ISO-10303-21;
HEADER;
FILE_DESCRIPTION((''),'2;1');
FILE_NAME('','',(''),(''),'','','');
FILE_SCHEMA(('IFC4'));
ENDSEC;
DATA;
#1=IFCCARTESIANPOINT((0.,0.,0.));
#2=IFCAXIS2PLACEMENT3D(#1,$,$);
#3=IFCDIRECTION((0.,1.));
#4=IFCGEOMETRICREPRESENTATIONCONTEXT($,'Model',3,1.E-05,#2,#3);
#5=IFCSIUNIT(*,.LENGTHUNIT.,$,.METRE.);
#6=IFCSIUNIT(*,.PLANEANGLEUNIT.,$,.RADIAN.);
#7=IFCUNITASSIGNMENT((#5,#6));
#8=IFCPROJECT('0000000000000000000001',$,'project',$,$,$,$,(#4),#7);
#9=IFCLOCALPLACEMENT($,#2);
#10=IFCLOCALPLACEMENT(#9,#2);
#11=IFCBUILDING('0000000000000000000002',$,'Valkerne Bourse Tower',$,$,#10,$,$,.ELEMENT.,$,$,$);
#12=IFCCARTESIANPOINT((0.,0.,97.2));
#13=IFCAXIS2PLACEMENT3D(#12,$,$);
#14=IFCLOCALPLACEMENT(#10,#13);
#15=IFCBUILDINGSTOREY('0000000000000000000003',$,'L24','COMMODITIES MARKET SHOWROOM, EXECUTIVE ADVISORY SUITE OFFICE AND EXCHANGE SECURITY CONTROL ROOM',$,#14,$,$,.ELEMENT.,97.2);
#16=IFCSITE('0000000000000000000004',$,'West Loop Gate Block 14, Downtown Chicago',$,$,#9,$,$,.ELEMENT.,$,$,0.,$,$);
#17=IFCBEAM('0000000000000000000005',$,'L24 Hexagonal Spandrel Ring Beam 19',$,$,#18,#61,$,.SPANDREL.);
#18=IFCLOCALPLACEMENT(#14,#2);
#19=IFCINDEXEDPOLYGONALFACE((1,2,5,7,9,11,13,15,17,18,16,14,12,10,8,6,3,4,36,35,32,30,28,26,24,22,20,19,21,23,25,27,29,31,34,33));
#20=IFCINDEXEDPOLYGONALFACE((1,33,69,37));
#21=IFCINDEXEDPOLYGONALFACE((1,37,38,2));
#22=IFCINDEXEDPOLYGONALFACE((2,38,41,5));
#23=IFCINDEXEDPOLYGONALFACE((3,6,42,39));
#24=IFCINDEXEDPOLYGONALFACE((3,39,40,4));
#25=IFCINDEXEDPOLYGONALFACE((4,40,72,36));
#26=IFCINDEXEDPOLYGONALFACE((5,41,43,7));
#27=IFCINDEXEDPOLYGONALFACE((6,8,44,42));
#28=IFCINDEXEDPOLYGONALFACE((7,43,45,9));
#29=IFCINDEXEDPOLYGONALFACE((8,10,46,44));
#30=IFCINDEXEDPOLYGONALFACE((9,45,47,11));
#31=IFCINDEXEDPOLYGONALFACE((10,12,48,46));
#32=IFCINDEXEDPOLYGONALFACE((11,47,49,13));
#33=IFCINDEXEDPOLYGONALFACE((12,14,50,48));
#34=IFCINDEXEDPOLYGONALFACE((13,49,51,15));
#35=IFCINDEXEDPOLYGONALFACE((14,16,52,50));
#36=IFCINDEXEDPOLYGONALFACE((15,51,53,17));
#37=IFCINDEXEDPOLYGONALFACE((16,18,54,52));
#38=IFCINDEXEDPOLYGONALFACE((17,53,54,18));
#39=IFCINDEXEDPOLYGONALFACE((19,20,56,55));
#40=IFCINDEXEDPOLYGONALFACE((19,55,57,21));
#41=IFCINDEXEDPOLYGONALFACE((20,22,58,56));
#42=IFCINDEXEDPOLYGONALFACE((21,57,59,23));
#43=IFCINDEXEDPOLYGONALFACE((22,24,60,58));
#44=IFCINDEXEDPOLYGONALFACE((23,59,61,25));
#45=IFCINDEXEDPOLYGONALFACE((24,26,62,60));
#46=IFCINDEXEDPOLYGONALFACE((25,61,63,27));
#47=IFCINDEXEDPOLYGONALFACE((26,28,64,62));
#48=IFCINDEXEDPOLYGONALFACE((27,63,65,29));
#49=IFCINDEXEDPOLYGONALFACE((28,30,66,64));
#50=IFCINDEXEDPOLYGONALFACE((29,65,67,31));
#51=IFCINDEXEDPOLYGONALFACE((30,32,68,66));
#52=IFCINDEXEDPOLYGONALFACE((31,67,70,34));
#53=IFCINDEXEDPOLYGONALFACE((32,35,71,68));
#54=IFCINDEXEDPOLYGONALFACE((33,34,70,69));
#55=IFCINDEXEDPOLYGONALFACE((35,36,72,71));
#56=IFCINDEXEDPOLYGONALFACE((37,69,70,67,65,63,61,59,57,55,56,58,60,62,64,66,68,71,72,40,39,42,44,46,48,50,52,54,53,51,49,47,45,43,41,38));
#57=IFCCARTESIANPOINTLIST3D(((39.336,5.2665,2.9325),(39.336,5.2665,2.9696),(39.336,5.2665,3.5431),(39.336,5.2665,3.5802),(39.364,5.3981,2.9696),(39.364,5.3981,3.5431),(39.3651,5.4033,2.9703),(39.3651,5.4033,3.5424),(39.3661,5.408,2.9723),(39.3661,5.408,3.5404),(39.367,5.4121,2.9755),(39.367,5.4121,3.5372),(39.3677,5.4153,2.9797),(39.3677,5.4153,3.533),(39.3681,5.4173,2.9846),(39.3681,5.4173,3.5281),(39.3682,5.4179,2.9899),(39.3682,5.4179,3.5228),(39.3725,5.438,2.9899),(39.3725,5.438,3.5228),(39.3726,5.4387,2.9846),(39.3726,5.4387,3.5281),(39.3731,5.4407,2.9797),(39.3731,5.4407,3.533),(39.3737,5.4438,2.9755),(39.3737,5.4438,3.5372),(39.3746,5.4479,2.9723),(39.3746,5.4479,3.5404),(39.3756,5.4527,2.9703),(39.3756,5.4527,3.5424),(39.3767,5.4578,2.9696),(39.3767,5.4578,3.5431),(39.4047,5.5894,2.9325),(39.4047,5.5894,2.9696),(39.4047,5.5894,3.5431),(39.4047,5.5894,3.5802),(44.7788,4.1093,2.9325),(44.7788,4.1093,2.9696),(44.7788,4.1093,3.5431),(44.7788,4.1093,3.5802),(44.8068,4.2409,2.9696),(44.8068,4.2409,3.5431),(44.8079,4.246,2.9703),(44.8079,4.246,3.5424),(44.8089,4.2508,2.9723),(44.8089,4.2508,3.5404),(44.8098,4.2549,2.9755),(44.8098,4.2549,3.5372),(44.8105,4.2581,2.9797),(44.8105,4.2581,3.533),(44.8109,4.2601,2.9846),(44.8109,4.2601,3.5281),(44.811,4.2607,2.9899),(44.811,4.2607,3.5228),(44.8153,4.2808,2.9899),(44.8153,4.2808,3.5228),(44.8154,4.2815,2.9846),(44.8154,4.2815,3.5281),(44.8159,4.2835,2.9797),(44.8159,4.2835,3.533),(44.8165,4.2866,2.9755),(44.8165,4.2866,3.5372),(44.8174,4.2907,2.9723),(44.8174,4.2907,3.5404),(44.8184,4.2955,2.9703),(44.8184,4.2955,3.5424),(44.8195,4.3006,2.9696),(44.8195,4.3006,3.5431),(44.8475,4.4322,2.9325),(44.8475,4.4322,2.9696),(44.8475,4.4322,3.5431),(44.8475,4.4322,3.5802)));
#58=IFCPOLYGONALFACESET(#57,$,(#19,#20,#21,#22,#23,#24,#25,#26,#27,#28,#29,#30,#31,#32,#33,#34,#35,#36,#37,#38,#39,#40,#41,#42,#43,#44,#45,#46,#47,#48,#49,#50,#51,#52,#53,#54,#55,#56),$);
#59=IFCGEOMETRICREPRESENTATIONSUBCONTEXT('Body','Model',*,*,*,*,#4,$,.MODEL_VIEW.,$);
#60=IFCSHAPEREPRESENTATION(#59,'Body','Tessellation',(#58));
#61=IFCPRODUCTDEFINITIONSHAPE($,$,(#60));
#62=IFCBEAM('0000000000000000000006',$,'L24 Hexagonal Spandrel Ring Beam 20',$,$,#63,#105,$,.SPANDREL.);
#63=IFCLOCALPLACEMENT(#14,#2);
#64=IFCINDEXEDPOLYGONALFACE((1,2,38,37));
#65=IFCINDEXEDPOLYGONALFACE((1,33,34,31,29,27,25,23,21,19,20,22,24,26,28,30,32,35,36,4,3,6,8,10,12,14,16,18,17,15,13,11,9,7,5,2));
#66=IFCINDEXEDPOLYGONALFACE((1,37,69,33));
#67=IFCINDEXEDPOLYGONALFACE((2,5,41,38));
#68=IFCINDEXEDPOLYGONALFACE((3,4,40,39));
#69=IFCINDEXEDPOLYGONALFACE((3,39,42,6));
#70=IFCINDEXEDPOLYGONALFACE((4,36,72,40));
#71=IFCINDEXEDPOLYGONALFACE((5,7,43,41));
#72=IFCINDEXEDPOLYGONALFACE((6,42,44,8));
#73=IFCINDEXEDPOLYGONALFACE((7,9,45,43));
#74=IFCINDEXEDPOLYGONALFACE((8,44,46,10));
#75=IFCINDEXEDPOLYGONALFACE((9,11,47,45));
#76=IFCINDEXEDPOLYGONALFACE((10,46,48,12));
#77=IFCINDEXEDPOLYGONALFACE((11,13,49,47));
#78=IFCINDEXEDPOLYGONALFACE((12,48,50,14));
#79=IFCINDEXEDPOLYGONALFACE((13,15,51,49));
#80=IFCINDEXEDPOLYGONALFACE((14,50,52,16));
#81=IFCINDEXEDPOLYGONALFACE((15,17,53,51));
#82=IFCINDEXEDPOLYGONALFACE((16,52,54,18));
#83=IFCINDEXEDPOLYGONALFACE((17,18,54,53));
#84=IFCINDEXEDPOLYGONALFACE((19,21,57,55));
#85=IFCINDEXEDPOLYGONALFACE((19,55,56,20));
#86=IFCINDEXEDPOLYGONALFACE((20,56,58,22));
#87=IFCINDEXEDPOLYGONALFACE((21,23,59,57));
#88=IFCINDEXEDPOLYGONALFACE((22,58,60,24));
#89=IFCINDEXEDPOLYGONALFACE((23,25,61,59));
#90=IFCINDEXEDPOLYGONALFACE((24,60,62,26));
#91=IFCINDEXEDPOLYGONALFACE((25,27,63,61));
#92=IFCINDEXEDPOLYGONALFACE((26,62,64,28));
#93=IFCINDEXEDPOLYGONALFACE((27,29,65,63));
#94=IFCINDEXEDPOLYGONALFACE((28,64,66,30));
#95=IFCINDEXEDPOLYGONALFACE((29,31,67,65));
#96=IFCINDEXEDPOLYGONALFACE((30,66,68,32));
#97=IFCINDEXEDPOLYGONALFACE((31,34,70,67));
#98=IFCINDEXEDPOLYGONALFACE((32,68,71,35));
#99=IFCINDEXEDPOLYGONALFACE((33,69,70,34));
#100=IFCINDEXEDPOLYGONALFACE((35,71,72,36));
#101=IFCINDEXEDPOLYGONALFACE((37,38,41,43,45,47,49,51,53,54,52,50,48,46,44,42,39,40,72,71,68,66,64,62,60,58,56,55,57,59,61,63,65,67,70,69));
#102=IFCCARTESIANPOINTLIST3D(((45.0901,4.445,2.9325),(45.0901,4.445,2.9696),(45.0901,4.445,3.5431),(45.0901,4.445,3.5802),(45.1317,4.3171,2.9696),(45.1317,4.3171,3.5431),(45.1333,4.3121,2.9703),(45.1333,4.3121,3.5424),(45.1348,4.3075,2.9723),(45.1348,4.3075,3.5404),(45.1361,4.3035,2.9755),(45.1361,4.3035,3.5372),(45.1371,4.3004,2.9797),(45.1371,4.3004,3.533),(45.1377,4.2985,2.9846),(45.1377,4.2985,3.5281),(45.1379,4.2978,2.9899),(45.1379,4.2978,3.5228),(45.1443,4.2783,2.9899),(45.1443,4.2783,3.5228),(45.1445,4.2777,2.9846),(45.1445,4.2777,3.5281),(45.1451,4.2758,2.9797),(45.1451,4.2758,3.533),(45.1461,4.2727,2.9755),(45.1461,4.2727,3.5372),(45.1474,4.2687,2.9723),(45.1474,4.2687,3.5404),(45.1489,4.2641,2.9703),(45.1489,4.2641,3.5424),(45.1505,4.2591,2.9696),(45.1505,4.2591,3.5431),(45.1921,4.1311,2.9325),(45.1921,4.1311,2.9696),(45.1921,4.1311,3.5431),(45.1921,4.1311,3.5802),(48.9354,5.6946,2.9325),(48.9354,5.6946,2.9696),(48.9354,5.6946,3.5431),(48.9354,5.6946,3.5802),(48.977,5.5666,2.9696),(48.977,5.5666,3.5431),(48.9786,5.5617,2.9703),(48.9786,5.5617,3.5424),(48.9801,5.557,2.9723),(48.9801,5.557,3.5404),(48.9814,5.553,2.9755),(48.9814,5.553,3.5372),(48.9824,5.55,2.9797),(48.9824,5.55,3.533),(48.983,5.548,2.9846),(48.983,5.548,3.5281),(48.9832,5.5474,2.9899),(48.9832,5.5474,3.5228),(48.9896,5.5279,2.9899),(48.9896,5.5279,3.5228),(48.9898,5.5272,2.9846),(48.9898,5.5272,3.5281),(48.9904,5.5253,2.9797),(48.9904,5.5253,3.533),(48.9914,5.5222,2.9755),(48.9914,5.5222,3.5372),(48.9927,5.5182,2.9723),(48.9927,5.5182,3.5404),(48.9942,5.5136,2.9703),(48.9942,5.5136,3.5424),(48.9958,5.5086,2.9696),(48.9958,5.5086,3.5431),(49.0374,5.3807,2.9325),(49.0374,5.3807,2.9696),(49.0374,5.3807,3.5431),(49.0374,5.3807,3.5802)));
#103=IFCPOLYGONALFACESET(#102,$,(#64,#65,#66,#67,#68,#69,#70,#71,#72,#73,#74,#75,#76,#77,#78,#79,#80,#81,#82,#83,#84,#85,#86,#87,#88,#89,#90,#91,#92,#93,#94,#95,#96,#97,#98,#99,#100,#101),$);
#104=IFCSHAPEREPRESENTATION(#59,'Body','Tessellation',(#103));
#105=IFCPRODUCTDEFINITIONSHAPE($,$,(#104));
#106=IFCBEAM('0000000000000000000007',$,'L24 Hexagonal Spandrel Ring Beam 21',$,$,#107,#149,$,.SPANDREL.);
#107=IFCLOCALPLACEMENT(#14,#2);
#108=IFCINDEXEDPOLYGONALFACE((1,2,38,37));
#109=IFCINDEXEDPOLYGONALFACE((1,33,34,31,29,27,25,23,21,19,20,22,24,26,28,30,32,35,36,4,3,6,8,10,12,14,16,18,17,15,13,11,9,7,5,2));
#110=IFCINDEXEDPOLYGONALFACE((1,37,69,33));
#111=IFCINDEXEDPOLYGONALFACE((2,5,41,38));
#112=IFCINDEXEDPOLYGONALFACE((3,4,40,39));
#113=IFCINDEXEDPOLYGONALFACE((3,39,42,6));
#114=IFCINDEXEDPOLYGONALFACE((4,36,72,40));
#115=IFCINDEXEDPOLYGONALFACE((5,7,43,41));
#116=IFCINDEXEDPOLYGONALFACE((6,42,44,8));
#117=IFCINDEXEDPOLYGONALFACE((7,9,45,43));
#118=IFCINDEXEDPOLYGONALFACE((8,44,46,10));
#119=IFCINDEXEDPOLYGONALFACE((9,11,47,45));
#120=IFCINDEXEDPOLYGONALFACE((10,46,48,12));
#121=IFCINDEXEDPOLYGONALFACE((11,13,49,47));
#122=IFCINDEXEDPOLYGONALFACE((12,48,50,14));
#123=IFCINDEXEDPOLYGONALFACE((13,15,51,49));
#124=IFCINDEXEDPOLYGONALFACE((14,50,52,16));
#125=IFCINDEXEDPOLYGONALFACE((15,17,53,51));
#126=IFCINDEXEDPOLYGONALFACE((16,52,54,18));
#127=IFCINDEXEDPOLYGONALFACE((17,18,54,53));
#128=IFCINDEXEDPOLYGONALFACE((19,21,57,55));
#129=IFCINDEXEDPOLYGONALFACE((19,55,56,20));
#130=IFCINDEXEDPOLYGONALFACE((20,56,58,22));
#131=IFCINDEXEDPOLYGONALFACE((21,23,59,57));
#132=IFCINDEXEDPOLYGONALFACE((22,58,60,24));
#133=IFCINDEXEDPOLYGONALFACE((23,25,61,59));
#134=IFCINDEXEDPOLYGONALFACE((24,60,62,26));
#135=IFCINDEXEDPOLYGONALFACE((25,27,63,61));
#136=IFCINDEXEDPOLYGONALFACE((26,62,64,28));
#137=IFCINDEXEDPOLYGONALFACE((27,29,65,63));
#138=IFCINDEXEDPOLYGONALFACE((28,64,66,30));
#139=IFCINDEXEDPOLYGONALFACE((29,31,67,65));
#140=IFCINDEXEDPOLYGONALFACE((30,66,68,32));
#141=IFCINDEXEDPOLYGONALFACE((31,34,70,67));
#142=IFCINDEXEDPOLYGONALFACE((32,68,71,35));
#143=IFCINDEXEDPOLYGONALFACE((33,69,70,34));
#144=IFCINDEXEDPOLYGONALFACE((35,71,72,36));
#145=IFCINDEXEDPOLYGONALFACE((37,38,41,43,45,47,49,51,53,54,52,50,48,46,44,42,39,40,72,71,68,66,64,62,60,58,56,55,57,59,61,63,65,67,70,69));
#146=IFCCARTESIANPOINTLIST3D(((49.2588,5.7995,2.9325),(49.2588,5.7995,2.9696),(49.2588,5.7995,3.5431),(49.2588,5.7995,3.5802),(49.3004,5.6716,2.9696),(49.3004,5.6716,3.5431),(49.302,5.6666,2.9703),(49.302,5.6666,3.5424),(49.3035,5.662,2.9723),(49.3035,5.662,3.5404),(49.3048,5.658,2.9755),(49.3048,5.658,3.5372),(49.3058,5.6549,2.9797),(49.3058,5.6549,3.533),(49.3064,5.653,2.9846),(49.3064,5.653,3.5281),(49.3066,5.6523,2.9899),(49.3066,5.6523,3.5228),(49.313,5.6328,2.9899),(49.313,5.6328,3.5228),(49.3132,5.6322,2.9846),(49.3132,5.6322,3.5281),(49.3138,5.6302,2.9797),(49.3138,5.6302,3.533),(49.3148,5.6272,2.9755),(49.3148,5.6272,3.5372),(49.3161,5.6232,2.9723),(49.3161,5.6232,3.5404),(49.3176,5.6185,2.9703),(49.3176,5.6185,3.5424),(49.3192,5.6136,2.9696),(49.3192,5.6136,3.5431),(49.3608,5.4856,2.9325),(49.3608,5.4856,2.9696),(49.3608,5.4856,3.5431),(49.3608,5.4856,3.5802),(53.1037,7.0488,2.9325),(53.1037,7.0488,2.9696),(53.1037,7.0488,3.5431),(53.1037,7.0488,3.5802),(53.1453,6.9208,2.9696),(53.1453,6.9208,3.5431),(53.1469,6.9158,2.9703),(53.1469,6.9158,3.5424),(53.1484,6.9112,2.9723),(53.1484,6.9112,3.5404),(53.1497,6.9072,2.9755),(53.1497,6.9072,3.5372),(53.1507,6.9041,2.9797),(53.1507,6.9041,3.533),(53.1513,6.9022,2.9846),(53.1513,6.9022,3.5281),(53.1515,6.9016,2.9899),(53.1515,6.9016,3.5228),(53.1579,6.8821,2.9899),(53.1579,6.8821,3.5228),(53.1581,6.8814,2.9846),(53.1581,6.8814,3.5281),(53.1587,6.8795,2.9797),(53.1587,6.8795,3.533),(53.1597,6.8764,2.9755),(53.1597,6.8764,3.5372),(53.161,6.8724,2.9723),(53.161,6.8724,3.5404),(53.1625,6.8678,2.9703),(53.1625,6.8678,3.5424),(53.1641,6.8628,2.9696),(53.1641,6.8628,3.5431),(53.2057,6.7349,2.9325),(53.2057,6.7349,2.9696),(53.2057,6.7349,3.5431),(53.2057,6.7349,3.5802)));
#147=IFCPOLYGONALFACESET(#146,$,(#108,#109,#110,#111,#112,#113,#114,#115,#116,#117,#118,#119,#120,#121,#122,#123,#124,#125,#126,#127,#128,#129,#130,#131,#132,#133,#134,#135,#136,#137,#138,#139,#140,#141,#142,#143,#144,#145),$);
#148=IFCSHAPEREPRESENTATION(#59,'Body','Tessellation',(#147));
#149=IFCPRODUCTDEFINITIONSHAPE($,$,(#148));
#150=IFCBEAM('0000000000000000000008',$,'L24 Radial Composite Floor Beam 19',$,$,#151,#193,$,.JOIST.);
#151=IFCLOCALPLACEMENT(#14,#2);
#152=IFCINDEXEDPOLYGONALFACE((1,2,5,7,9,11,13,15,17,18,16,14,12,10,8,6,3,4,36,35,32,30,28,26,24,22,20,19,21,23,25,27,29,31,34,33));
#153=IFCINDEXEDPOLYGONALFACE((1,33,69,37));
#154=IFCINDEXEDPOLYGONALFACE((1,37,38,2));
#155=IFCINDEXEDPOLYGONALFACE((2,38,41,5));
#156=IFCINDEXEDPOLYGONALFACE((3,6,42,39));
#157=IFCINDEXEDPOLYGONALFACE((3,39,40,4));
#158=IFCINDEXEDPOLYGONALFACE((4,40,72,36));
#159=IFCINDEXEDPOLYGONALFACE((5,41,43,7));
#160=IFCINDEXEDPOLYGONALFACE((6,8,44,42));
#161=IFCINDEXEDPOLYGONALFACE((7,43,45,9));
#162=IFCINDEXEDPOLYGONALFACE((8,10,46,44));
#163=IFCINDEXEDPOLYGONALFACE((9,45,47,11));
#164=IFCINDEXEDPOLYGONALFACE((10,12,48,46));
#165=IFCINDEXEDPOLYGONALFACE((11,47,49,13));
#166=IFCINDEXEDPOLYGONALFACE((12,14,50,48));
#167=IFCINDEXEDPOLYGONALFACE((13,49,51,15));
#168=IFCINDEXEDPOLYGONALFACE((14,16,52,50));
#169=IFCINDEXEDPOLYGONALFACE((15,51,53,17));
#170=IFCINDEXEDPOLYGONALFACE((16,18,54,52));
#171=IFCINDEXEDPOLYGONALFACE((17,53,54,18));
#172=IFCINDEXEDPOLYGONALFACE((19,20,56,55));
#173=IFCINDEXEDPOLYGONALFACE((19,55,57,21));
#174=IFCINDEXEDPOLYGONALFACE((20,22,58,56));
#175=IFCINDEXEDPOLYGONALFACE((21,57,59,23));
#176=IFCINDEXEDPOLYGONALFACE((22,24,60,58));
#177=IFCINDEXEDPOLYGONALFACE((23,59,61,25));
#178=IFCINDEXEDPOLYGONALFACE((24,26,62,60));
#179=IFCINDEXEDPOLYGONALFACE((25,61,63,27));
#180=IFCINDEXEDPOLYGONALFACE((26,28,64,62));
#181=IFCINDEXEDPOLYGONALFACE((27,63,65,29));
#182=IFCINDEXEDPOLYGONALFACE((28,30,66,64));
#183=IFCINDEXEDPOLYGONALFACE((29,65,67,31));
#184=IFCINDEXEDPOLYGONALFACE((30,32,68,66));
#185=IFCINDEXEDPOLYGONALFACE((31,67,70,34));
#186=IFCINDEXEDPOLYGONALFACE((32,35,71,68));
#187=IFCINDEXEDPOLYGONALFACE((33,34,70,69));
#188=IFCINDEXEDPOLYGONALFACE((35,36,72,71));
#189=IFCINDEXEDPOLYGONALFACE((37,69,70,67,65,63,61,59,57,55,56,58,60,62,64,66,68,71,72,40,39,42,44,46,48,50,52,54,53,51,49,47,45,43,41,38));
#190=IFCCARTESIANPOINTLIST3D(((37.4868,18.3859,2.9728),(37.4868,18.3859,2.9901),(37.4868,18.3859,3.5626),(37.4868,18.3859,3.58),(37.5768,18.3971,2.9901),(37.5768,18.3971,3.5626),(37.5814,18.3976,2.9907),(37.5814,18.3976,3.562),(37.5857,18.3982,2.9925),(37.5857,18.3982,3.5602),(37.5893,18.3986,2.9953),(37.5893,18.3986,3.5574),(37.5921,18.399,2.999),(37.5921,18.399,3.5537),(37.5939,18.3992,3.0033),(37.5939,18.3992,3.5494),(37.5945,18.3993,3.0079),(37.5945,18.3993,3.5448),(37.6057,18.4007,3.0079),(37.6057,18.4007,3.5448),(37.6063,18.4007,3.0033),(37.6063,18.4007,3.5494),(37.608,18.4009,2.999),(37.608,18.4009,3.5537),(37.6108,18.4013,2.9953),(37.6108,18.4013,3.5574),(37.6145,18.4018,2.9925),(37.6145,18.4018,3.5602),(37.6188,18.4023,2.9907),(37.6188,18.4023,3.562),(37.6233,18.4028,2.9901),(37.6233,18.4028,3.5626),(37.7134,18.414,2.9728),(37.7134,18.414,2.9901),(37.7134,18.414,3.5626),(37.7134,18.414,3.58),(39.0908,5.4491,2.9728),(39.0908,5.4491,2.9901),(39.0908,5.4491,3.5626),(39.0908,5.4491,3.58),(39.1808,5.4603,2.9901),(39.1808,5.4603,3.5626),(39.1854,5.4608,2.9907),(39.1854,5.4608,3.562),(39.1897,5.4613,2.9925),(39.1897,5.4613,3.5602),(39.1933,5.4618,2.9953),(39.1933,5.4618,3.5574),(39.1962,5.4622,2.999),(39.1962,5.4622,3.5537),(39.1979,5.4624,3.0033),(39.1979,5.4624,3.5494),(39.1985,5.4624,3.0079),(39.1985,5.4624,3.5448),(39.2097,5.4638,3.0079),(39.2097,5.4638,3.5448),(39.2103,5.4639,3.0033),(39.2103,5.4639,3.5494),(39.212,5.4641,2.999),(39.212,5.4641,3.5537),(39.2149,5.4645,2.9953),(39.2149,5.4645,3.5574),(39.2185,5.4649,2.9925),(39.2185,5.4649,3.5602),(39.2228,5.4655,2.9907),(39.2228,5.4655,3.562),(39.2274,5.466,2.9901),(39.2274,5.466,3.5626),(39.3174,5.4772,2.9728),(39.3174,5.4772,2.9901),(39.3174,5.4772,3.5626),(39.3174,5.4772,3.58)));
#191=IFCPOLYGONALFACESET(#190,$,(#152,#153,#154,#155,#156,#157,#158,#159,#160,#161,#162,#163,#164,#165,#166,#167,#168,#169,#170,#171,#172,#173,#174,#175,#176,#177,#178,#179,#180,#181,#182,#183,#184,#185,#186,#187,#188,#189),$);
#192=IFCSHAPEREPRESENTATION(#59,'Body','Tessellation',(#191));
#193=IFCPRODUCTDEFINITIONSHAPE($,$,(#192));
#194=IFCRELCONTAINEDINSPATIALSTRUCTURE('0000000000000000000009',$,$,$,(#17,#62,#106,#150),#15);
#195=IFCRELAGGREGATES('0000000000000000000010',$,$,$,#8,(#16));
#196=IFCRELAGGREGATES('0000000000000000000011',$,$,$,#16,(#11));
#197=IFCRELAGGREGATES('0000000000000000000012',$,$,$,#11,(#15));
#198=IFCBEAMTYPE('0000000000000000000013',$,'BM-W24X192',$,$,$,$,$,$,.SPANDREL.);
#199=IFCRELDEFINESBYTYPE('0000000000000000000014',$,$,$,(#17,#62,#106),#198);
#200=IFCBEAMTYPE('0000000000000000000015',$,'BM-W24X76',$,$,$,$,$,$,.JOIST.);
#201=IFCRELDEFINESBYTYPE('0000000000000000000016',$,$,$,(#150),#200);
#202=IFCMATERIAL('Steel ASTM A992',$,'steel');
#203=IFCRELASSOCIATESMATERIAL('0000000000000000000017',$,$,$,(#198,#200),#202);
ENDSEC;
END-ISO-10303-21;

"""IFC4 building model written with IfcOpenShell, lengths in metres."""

from ifc_helpers import new_model, si_unit, direction, frame, origin, origin_2d, place, context, subcontext, project, spatial, i_section, extrude, material, material_profile, profile_set, type_object, element, save


model = new_model("IFC4")

# Units and contexts
model_context = context("Model", 3, precision=1e-05, world=origin(), true_north=direction((0.0, 1.0)))
body_context = subcontext(model_context, "Body", "Model", "MODEL_VIEW")
ifc_project = project(units=[si_unit("LENGTHUNIT", "METRE"), si_unit("PLANEANGLEUNIT", "RADIAN")], contexts=[model_context])

# Site, building, storey
site_placement = place(None, origin())
site = spatial("IfcSite", under=ifc_project, at=site_placement, Name="West Loop Gate Block 14, Downtown Chicago", CompositionType="ELEMENT", RefElevation=0.0)
building_placement = place(site_placement, origin())
building = spatial("IfcBuilding", under=site, at=building_placement, Name="Valkerne Bourse Tower", CompositionType="ELEMENT")
storey_placement = place(building_placement, frame((0.0, 0.0, 97.2)))
storey = spatial("IfcBuildingStorey", under=building, at=storey_placement, Name="L24", Description="COMMODITIES MARKET SHOWROOM, EXECUTIVE ADVISORY SUITE OFFICE AND EXCHANGE SECURITY CONTROL ROOM", CompositionType="ELEMENT", Elevation=97.2)

# Beams
ifc_material_1 = material(Name="Steel ASTM A992", Category="steel")
ifc_material_profile_1 = material_profile(ifc_material_1, i_section(OverallWidth=0.3301, OverallDepth=0.6477, WebThickness=0.0205, FlangeThickness=0.0371, FilletRadius=0.0203, at=origin_2d()), Name="W24X192")
ifc_profile_set_1 = profile_set([ifc_material_profile_1], Name="Steel ASTM A992")
beam_type_1 = type_object("IfcBeamType", Name="BM-W24X192", PredefinedType="SPANDREL", material=ifc_profile_set_1)
beam_1_placement = place(storey_placement, frame((39.3704, 5.428, 3.2563), z_axis=(0.978136, -0.207965, 0.0), x_axis=(0.207965, 0.978136, 0.0)))
element("IfcBeam", 1, at=beam_1_placement, inside=storey, type_object=beam_type_1, Name="L24 Hexagonal Spandrel Ring Beam 19", PredefinedType="SPANDREL", context=body_context, shape_type="SweptSolid", body=[
    extrude(i_section(OverallWidth=0.3301, OverallDepth=0.6477, WebThickness=0.0205, FlangeThickness=0.0371, FilletRadius=0.0203, at=origin_2d()), origin(), (0.0, 0.0, 1.0), 5.5645),
])
beam_2_placement = place(storey_placement, frame((45.1411, 4.2881, 3.2563), z_axis=(0.951047, 0.309045, 0.0), x_axis=(-0.309045, 0.951047, 0.0)))
element("IfcBeam", 2, at=beam_2_placement, inside=storey, type_object=beam_type_1, Name="L24 Hexagonal Spandrel Ring Beam 20", PredefinedType="SPANDREL", context=body_context, shape_type="SweptSolid", body=[
    extrude(i_section(OverallWidth=0.3301, OverallDepth=0.6477, WebThickness=0.0205, FlangeThickness=0.0371, FilletRadius=0.0203, at=origin_2d()), origin(), (0.0, 0.0, 1.0), 4.0432),
])
beam_3_placement = place(storey_placement, frame((49.3098, 5.6426, 3.2563), z_axis=(0.951059, 0.309008, 0.0), x_axis=(-0.309008, 0.951059, 0.0)))
element("IfcBeam", 3, at=beam_3_placement, inside=storey, type_object=beam_type_1, Name="L24 Hexagonal Spandrel Ring Beam 21", PredefinedType="SPANDREL", context=body_context, shape_type="SweptSolid", body=[
    extrude(i_section(OverallWidth=0.3301, OverallDepth=0.6477, WebThickness=0.0205, FlangeThickness=0.0371, FilletRadius=0.0203, at=origin_2d()), origin(), (0.0, 0.0, 1.0), 4.0427),
])
ifc_material_profile_2 = material_profile(ifc_material_1, i_section(OverallWidth=0.2283, OverallDepth=0.6072, WebThickness=0.0112, FlangeThickness=0.0173, FilletRadius=0.0178, at=origin_2d()), Name="W24X76")
ifc_profile_set_2 = profile_set([ifc_material_profile_2], Name="Steel ASTM A992")
beam_type_2 = type_object("IfcBeamType", Name="BM-W24X76", PredefinedType="JOIST", material=ifc_profile_set_2)
beam_4_placement = place(storey_placement, frame((39.2041, 5.4631, 3.2764), z_axis=(-0.123046, 0.992401, 0.0), x_axis=(-0.992401, -0.123046, 0.0)))
element("IfcBeam", 4, at=beam_4_placement, inside=storey, type_object=beam_type_2, Name="L24 Radial Composite Floor Beam 19", PredefinedType="JOIST", context=body_context, shape_type="SweptSolid", body=[
    extrude(i_section(OverallWidth=0.2283, OverallDepth=0.6072, WebThickness=0.0112, FlangeThickness=0.0173, FilletRadius=0.0178, at=origin_2d()), origin(), (0.0, 0.0, 1.0), 13.0359),
])

save(model, "model.ifc")
